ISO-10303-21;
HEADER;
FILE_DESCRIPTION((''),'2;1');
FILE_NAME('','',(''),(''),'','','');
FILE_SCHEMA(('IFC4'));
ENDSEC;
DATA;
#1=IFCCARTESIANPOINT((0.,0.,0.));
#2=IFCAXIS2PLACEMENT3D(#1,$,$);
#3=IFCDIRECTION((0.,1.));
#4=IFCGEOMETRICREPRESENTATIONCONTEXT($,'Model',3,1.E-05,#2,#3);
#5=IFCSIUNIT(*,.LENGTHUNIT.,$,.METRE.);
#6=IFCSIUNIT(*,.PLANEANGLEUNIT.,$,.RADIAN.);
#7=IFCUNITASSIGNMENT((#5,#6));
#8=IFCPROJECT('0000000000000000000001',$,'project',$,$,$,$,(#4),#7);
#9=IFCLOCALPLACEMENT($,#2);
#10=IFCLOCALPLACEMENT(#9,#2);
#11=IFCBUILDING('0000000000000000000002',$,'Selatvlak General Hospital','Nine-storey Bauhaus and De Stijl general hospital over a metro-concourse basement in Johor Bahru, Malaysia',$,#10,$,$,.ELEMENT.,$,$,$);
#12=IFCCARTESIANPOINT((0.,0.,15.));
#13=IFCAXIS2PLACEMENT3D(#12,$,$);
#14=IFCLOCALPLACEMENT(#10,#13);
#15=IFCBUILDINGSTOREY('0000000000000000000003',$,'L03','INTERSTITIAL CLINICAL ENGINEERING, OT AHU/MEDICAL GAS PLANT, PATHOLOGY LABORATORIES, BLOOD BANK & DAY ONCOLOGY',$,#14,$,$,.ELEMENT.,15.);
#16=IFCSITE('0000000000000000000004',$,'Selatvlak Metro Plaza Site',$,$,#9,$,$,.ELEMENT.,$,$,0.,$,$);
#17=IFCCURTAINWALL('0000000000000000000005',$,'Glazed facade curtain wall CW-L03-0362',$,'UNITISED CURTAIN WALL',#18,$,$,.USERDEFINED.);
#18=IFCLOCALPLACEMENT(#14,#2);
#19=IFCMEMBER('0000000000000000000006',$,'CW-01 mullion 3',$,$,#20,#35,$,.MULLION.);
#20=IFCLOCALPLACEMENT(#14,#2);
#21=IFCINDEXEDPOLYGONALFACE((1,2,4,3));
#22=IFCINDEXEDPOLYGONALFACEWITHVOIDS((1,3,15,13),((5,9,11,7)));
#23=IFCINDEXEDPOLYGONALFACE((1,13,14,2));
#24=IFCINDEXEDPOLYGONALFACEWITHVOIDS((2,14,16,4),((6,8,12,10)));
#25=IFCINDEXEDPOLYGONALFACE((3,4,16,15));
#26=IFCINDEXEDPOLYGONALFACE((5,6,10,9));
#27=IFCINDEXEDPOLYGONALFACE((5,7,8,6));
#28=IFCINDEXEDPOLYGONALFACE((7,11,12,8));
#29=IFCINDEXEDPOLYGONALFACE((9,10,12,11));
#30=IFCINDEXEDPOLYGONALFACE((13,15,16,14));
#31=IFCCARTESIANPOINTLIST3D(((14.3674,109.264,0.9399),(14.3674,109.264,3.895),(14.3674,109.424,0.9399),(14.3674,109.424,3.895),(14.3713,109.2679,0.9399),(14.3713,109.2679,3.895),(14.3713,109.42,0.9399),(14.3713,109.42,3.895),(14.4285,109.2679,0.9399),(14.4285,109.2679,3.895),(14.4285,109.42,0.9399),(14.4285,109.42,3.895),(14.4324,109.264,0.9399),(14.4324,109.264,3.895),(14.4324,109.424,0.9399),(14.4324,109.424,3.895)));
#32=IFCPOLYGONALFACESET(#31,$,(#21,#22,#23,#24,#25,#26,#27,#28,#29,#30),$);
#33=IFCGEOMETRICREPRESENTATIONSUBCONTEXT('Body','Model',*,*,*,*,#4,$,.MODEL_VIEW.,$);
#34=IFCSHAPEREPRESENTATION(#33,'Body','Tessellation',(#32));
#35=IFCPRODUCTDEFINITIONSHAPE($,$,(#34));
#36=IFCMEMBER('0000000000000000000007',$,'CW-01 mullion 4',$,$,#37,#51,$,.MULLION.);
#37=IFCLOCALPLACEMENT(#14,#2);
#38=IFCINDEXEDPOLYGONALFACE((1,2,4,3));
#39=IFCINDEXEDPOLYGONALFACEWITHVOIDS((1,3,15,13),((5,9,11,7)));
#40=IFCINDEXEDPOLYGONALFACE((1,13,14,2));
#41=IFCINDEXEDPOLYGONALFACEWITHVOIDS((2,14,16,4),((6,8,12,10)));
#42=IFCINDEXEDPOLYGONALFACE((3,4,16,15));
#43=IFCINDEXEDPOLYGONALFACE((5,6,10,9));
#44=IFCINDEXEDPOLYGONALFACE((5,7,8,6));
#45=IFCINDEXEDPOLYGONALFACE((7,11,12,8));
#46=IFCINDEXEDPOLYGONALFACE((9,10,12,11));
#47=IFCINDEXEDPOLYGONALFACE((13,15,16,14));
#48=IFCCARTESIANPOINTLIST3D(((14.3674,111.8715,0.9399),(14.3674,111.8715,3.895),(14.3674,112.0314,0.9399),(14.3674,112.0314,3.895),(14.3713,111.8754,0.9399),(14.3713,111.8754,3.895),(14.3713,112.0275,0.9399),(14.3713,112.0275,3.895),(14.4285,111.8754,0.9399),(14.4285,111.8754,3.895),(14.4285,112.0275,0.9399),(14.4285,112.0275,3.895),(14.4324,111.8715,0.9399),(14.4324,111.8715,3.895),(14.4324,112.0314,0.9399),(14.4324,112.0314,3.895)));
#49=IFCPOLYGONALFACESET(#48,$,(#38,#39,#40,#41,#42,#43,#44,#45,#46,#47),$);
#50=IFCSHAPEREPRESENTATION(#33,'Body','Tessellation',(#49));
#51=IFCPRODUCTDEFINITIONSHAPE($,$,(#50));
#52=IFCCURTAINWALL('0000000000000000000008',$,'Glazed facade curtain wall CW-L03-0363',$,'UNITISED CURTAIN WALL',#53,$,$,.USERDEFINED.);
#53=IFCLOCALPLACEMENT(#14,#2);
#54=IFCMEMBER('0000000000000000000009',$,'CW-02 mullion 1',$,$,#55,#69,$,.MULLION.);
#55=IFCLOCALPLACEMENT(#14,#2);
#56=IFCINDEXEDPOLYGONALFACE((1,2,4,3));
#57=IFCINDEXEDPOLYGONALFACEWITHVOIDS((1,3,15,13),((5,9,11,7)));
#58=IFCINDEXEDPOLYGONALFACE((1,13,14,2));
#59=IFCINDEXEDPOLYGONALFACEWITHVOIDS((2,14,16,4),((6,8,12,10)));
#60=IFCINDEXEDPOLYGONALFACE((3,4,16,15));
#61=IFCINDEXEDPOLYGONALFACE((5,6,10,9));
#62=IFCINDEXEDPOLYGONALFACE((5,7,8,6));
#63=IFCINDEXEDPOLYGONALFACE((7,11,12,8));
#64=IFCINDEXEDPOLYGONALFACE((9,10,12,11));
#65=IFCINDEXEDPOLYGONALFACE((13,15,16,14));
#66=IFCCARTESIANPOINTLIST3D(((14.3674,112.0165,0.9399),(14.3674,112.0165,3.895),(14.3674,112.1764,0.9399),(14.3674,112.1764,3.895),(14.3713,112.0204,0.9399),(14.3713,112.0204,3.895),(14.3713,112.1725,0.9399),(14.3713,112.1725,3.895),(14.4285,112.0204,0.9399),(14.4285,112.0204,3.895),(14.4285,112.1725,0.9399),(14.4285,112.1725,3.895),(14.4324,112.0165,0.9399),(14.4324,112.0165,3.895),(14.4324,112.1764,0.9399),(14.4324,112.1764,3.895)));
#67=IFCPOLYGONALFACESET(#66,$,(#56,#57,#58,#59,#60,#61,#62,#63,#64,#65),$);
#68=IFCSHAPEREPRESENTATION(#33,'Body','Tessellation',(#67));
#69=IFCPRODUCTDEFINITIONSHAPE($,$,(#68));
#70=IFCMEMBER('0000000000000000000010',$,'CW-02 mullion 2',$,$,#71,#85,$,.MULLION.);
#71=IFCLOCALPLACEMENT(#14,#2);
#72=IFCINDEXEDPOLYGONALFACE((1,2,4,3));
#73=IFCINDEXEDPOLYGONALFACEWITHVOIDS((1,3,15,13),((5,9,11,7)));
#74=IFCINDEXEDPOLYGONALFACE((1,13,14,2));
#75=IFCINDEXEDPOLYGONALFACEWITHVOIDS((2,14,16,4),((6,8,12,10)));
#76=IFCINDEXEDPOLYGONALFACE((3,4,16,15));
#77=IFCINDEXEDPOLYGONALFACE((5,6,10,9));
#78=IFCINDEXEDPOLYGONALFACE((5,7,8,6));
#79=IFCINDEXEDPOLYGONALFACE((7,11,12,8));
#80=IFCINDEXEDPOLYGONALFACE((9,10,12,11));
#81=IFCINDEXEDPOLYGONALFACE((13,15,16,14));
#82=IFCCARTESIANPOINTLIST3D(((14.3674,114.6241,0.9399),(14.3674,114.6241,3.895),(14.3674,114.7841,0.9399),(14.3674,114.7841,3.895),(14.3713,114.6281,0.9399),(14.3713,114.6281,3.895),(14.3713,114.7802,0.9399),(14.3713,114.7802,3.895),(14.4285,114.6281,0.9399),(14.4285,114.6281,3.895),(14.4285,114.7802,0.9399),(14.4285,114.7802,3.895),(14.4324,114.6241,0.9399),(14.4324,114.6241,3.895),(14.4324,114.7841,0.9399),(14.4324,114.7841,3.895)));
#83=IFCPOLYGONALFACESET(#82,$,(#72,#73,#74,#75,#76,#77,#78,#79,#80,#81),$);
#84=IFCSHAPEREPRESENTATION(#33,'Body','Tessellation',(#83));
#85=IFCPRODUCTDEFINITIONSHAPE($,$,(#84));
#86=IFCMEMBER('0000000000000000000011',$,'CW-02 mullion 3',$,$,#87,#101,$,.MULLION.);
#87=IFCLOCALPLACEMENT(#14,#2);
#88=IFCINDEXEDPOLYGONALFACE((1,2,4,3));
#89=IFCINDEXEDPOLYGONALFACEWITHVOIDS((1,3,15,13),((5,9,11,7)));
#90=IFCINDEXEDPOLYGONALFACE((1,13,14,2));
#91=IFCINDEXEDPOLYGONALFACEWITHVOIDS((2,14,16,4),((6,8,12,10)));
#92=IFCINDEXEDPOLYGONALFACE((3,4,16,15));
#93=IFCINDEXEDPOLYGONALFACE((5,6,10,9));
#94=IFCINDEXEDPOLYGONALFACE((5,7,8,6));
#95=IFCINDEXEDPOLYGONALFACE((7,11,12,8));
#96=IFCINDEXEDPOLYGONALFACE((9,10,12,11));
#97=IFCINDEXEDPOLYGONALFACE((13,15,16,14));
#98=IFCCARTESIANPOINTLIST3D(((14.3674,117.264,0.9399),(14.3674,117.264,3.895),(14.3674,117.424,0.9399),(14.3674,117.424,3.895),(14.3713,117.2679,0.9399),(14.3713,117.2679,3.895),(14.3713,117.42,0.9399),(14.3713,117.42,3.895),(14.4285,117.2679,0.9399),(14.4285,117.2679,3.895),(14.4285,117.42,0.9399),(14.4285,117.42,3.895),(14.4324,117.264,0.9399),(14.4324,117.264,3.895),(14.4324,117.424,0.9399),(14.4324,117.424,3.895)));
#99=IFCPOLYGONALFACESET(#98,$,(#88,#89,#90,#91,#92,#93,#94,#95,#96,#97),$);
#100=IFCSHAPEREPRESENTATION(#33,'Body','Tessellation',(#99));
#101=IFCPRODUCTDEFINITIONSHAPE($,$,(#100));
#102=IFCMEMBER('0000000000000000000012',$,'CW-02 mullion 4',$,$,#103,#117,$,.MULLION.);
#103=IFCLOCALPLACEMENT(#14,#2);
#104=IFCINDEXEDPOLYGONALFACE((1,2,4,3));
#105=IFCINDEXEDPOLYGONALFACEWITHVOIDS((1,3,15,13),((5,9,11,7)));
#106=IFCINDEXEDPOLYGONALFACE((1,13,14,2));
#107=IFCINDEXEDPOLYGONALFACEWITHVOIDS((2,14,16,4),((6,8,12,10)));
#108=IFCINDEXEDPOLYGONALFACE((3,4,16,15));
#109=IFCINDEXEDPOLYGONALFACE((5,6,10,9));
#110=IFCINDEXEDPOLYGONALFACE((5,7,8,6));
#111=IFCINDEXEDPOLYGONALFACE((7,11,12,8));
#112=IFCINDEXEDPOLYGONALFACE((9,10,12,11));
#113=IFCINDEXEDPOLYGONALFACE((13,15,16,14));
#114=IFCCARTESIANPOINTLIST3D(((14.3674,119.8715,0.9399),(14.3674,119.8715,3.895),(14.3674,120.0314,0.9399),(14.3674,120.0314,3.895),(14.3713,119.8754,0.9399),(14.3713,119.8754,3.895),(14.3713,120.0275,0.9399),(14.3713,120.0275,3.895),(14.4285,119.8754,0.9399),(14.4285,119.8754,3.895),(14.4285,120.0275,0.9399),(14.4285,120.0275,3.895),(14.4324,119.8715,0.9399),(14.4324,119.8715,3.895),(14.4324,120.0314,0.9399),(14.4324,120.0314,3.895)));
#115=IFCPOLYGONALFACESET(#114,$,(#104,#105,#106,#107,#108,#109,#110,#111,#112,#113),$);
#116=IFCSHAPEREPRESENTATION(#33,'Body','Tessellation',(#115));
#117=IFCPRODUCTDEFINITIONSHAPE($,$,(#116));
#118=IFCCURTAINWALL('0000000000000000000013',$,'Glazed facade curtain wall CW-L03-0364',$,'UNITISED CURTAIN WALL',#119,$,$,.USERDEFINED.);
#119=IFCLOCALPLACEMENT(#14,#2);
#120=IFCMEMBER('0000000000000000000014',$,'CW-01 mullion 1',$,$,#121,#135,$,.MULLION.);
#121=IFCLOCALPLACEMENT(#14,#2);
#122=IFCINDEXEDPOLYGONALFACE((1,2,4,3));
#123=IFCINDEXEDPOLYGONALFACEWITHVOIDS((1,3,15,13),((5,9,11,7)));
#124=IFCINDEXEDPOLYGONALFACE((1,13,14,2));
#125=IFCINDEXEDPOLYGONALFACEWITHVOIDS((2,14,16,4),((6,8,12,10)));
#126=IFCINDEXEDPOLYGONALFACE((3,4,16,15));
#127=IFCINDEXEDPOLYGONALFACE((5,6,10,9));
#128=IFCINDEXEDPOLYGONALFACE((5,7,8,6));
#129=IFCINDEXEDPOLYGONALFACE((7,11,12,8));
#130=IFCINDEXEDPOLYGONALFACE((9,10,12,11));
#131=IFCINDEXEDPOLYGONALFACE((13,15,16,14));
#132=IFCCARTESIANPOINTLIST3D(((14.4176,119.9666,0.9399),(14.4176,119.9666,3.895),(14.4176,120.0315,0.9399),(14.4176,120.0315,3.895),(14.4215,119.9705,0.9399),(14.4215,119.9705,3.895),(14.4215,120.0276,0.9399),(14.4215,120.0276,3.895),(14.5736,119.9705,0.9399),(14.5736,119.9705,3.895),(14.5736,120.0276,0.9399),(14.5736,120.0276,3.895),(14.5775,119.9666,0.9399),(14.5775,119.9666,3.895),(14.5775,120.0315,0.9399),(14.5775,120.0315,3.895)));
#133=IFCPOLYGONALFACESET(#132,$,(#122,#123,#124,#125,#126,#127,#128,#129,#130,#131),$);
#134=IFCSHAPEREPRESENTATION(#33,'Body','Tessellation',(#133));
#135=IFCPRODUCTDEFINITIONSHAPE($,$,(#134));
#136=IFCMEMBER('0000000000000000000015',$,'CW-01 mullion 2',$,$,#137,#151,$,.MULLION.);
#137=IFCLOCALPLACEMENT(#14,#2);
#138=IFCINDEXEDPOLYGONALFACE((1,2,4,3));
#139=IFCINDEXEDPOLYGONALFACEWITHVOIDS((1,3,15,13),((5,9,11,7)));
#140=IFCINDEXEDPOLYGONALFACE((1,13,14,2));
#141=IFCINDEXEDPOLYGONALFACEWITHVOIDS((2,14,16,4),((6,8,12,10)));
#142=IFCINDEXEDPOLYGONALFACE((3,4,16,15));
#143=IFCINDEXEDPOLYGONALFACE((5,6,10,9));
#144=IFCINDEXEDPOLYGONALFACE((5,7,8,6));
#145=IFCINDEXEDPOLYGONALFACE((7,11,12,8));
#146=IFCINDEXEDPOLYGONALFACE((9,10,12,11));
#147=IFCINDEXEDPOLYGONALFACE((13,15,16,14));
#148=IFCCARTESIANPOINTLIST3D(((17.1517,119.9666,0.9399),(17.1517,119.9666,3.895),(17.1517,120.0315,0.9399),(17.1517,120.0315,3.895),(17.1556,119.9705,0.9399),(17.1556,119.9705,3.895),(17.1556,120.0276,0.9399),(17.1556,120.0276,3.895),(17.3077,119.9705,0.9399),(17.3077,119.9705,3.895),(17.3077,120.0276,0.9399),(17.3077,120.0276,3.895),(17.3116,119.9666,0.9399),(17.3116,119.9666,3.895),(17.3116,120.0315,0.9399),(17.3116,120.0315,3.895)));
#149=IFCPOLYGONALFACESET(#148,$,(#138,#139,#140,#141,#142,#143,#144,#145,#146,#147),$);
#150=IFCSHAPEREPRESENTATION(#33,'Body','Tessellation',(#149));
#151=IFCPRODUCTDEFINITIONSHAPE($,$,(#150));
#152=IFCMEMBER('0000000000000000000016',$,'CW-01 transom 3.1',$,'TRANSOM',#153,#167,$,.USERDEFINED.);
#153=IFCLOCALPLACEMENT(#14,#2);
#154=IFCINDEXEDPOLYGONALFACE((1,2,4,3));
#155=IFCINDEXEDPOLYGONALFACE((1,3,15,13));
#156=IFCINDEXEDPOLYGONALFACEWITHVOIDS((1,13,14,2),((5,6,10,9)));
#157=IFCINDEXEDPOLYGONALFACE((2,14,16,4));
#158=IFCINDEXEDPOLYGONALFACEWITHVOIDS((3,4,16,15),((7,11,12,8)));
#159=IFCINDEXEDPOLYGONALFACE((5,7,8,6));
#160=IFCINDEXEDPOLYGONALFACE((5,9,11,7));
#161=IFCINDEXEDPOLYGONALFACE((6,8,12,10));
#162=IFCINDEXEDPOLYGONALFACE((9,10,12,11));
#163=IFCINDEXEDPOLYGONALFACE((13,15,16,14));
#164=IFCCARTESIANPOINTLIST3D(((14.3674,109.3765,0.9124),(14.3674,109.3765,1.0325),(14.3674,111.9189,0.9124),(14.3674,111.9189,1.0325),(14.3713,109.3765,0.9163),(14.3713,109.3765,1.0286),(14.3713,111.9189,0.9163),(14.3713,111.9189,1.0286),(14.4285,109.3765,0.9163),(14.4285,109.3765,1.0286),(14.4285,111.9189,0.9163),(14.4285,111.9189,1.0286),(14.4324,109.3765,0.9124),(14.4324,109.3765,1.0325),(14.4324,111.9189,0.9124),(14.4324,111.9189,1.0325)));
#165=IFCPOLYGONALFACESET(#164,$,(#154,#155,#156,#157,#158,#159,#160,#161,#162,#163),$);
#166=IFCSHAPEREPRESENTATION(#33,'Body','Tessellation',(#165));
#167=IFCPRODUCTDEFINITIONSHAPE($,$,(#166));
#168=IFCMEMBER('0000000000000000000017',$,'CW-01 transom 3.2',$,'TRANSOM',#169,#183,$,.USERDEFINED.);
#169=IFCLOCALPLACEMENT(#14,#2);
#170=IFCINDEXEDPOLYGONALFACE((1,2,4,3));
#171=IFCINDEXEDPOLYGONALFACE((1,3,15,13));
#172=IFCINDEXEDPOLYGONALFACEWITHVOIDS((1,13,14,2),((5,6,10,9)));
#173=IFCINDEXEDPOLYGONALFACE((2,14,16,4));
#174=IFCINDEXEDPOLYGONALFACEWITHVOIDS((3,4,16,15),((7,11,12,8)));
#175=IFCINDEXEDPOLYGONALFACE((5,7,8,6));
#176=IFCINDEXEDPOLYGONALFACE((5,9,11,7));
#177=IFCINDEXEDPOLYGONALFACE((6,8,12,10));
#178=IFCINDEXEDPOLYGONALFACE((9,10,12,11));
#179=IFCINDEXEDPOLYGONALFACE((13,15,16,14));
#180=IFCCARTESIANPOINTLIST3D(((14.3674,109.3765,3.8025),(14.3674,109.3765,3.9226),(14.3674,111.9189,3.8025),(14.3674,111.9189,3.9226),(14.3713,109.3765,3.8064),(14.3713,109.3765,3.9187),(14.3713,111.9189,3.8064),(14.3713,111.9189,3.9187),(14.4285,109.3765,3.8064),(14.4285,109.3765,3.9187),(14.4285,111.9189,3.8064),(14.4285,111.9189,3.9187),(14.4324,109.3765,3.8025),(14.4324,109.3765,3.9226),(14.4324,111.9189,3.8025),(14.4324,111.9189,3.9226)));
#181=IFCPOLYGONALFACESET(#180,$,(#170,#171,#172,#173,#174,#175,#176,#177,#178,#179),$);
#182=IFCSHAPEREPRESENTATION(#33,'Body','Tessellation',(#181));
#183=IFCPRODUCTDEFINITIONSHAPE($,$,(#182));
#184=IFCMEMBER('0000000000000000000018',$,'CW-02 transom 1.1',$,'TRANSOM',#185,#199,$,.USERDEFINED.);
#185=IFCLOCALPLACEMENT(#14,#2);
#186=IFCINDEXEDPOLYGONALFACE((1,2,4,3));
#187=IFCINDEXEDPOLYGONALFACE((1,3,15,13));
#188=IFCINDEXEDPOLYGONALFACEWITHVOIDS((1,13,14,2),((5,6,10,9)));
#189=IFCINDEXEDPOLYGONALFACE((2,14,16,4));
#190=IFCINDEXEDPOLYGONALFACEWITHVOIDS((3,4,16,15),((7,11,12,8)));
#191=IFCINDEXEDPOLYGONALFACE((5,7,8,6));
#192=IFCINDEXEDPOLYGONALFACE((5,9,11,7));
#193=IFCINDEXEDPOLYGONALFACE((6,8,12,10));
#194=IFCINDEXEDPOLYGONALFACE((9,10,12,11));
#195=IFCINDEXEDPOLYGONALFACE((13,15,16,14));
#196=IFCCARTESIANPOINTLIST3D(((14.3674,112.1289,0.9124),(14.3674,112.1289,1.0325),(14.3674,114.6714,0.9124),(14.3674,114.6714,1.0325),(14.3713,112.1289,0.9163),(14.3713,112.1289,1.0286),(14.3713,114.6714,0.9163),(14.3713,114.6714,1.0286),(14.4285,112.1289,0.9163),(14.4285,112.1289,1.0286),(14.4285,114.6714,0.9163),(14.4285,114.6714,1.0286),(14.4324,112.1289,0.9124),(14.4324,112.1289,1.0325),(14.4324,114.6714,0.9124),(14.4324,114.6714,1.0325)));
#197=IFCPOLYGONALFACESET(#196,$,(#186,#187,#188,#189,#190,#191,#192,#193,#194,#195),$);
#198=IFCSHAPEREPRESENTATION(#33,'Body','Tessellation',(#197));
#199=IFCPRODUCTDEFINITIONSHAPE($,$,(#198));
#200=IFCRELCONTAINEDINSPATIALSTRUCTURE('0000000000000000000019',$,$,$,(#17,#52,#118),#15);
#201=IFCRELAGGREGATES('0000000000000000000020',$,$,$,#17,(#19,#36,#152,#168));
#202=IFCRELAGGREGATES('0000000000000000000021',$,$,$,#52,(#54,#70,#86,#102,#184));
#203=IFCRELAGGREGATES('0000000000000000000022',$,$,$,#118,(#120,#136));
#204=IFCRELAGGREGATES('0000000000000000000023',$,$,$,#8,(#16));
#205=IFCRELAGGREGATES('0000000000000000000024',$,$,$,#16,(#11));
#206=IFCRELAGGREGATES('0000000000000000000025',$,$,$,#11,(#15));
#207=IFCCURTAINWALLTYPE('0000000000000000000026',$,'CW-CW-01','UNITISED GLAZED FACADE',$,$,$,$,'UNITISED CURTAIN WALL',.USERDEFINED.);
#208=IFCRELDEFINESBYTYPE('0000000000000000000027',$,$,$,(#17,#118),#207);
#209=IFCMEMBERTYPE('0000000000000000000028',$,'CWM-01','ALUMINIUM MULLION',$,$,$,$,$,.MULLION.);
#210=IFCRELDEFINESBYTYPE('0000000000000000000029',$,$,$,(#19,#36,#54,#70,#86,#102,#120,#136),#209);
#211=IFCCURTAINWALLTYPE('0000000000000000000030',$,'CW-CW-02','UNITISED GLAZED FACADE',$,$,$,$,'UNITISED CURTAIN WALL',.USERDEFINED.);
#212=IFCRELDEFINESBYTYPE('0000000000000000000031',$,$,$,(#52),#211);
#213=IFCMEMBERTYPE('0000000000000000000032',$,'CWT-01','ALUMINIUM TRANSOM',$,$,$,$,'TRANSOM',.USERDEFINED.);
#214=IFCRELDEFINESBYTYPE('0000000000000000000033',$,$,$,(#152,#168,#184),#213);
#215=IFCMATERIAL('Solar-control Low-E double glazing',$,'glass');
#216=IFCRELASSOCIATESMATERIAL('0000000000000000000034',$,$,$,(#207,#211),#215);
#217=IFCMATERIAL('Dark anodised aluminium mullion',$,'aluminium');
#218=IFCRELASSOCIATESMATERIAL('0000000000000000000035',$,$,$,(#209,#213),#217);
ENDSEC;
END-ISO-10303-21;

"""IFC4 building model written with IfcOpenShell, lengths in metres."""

from ifc_helpers import new_model, si_unit, direction, frame, origin, origin_2d, place, context, subcontext, project, spatial, hollow_rectangle, extrude, material, material_profile, profile_set, type_object, element, aggregate, save


model = new_model("IFC4")

# Units and contexts
model_context = context("Model", 3, precision=1e-05, world=origin(), true_north=direction((0.0, 1.0)))
body_context = subcontext(model_context, "Body", "Model", "MODEL_VIEW")
ifc_project = project(units=[si_unit("LENGTHUNIT", "METRE"), si_unit("PLANEANGLEUNIT", "RADIAN")], contexts=[model_context])

# Site, building, storey
site_placement = place(None, origin())
site = spatial("IfcSite", under=ifc_project, at=site_placement, Name="Selatvlak Metro Plaza Site", CompositionType="ELEMENT", RefElevation=0.0)
building_placement = place(site_placement, origin())
building = spatial("IfcBuilding", under=site, at=building_placement, Name="Selatvlak General Hospital", Description="Nine-storey Bauhaus and De Stijl general hospital over a metro-concourse basement in Johor Bahru, Malaysia", CompositionType="ELEMENT")
storey_placement = place(building_placement, frame((0.0, 0.0, 15.0)))
storey = spatial("IfcBuildingStorey", under=building, at=storey_placement, Name="L03", Description="INTERSTITIAL CLINICAL ENGINEERING, OT AHU/MEDICAL GAS PLANT, PATHOLOGY LABORATORIES, BLOOD BANK & DAY ONCOLOGY", CompositionType="ELEMENT", Elevation=15.0)

# Curtain walls, members
ifc_material_1 = material(Name="Solar-control Low-E double glazing", Category="glass")
curtain_wall_type_1 = type_object("IfcCurtainWallType", Name="CW-CW-01", Description="UNITISED GLAZED FACADE", ElementType="UNITISED CURTAIN WALL", PredefinedType="USERDEFINED", material=ifc_material_1)
curtain_wall_1_placement = place(storey_placement, origin())
curtain_wall_1 = element("IfcCurtainWall", 1, at=curtain_wall_1_placement, inside=storey, type_object=curtain_wall_type_1, Name="Glazed facade curtain wall CW-L03-0362", ObjectType="UNITISED CURTAIN WALL", PredefinedType="USERDEFINED")
ifc_material_2 = material(Name="Dark anodised aluminium mullion", Category="aluminium")
ifc_material_profile_1 = material_profile(ifc_material_2, hollow_rectangle(XDim=0.0649, YDim=0.1599, WallThickness=0.0039, at=origin_2d()), Name="AL-MUL 65x160x4")
ifc_profile_set_1 = profile_set([ifc_material_profile_1], Name="Dark anodised aluminium mullion")
member_type_1 = type_object("IfcMemberType", Name="CWM-01", Description="ALUMINIUM MULLION", PredefinedType="MULLION", material=ifc_profile_set_1)
member_1_placement = place(storey_placement, frame((14.3999, 109.344, 0.9399), z_axis=(0.0, 0.0, 1.0), x_axis=(-1.0, 0.0, 0.0)))
member_1 = element("IfcMember", 2, at=member_1_placement, type_object=member_type_1, Name="CW-01 mullion 3", PredefinedType="MULLION", context=body_context, shape_type="SweptSolid", body=[
    extrude(hollow_rectangle(XDim=0.0649, YDim=0.1599, WallThickness=0.0039, at=origin_2d()), origin(), (0.0, 0.0, 1.0), 2.9551),
])
member_2_placement = place(storey_placement, frame((14.3999, 111.9514, 0.9399), z_axis=(0.0, 0.0, 1.0), x_axis=(-1.0, 0.0, 0.0)))
member_2 = element("IfcMember", 3, at=member_2_placement, type_object=member_type_1, Name="CW-01 mullion 4", PredefinedType="MULLION", context=body_context, shape_type="SweptSolid", body=[
    extrude(hollow_rectangle(XDim=0.0649, YDim=0.1599, WallThickness=0.0039, at=origin_2d()), origin(), (0.0, 0.0, 1.0), 2.9551),
])
curtain_wall_type_2 = type_object("IfcCurtainWallType", Name="CW-CW-02", Description="UNITISED GLAZED FACADE", ElementType="UNITISED CURTAIN WALL", PredefinedType="USERDEFINED", material=ifc_material_1)
curtain_wall_2_placement = place(storey_placement, origin())
curtain_wall_2 = element("IfcCurtainWall", 4, at=curtain_wall_2_placement, inside=storey, type_object=curtain_wall_type_2, Name="Glazed facade curtain wall CW-L03-0363", ObjectType="UNITISED CURTAIN WALL", PredefinedType="USERDEFINED")
member_3_placement = place(storey_placement, frame((14.3999, 112.0964, 0.9399), z_axis=(0.0, 0.0, 1.0), x_axis=(-1.0, 0.0, 0.0)))
member_3 = element("IfcMember", 5, at=member_3_placement, type_object=member_type_1, Name="CW-02 mullion 1", PredefinedType="MULLION", context=body_context, shape_type="SweptSolid", body=[
    extrude(hollow_rectangle(XDim=0.0649, YDim=0.1599, WallThickness=0.0039, at=origin_2d()), origin(), (0.0, 0.0, 1.0), 2.9551),
])
member_4_placement = place(storey_placement, frame((14.3999, 114.7041, 0.9399), z_axis=(0.0, 0.0, 1.0), x_axis=(-1.0, 0.0, 0.0)))
member_4 = element("IfcMember", 6, at=member_4_placement, type_object=member_type_1, Name="CW-02 mullion 2", PredefinedType="MULLION", context=body_context, shape_type="SweptSolid", body=[
    extrude(hollow_rectangle(XDim=0.0649, YDim=0.1599, WallThickness=0.0039, at=origin_2d()), origin(), (0.0, 0.0, 1.0), 2.9551),
])
member_5_placement = place(storey_placement, frame((14.3999, 117.344, 0.9399), z_axis=(0.0, 0.0, 1.0), x_axis=(-1.0, 0.0, 0.0)))
member_5 = element("IfcMember", 7, at=member_5_placement, type_object=member_type_1, Name="CW-02 mullion 3", PredefinedType="MULLION", context=body_context, shape_type="SweptSolid", body=[
    extrude(hollow_rectangle(XDim=0.0649, YDim=0.1599, WallThickness=0.0039, at=origin_2d()), origin(), (0.0, 0.0, 1.0), 2.9551),
])
member_6_placement = place(storey_placement, frame((14.3999, 119.9514, 0.9399), z_axis=(0.0, 0.0, 1.0), x_axis=(-1.0, 0.0, 0.0)))
member_6 = element("IfcMember", 8, at=member_6_placement, type_object=member_type_1, Name="CW-02 mullion 4", PredefinedType="MULLION", context=body_context, shape_type="SweptSolid", body=[
    extrude(hollow_rectangle(XDim=0.0649, YDim=0.1599, WallThickness=0.0039, at=origin_2d()), origin(), (0.0, 0.0, 1.0), 2.9551),
])
curtain_wall_3_placement = place(storey_placement, origin())
curtain_wall_3 = element("IfcCurtainWall", 9, at=curtain_wall_3_placement, inside=storey, type_object=curtain_wall_type_1, Name="Glazed facade curtain wall CW-L03-0364", ObjectType="UNITISED CURTAIN WALL", PredefinedType="USERDEFINED")
member_7_placement = place(storey_placement, frame((14.4976, 119.999, 0.9399), z_axis=(0.0, 0.0, 1.0), x_axis=(0.0, 1.0, 0.0)))
member_7 = element("IfcMember", 10, at=member_7_placement, type_object=member_type_1, Name="CW-01 mullion 1", PredefinedType="MULLION", context=body_context, shape_type="SweptSolid", body=[
    extrude(hollow_rectangle(XDim=0.0649, YDim=0.1599, WallThickness=0.0039, at=origin_2d()), origin(), (0.0, 0.0, 1.0), 2.9551),
])
member_8_placement = place(storey_placement, frame((17.2317, 119.999, 0.9399), z_axis=(0.0, 0.0, 1.0), x_axis=(0.0, 1.0, 0.0)))
member_8 = element("IfcMember", 11, at=member_8_placement, type_object=member_type_1, Name="CW-01 mullion 2", PredefinedType="MULLION", context=body_context, shape_type="SweptSolid", body=[
    extrude(hollow_rectangle(XDim=0.0649, YDim=0.1599, WallThickness=0.0039, at=origin_2d()), origin(), (0.0, 0.0, 1.0), 2.9551),
])

# Members
ifc_material_profile_2 = material_profile(ifc_material_2, hollow_rectangle(XDim=0.0649, YDim=0.1201, WallThickness=0.0039, at=origin_2d()), Name="AL-TRN 65x120x4")
ifc_profile_set_2 = profile_set([ifc_material_profile_2], Name="Dark anodised aluminium mullion")
member_type_2 = type_object("IfcMemberType", Name="CWT-01", Description="ALUMINIUM TRANSOM", ElementType="TRANSOM", PredefinedType="USERDEFINED", material=ifc_profile_set_2)
member_9_placement = place(storey_placement, frame((14.3999, 109.3765, 0.9724), z_axis=(0.0, 1.0, 0.0), x_axis=(-1.0, 0.0, 0.0)))
member_9 = element("IfcMember", 12, at=member_9_placement, type_object=member_type_2, Name="CW-01 transom 3.1", ObjectType="TRANSOM", PredefinedType="USERDEFINED", context=body_context, shape_type="SweptSolid", body=[
    extrude(hollow_rectangle(XDim=0.0649, YDim=0.1201, WallThickness=0.0039, at=origin_2d()), origin(), (0.0, 0.0, 1.0), 2.5425),
])
member_10_placement = place(storey_placement, frame((14.3999, 109.3765, 3.8625), z_axis=(0.0, 1.0, 0.0), x_axis=(-1.0, 0.0, 0.0)))
member_10 = element("IfcMember", 13, at=member_10_placement, type_object=member_type_2, Name="CW-01 transom 3.2", ObjectType="TRANSOM", PredefinedType="USERDEFINED", context=body_context, shape_type="SweptSolid", body=[
    extrude(hollow_rectangle(XDim=0.0649, YDim=0.1201, WallThickness=0.0039, at=origin_2d()), origin(), (0.0, 0.0, 1.0), 2.5425),
])
member_11_placement = place(storey_placement, frame((14.3999, 112.1289, 0.9724), z_axis=(0.0, 1.0, 0.0), x_axis=(-1.0, 0.0, 0.0)))
member_11 = element("IfcMember", 14, at=member_11_placement, type_object=member_type_2, Name="CW-02 transom 1.1", ObjectType="TRANSOM", PredefinedType="USERDEFINED", context=body_context, shape_type="SweptSolid", body=[
    extrude(hollow_rectangle(XDim=0.0649, YDim=0.1201, WallThickness=0.0039, at=origin_2d()), origin(), (0.0, 0.0, 1.0), 2.5425),
])

aggregate(curtain_wall_1, [member_1, member_2, member_9, member_10])
aggregate(curtain_wall_2, [member_3, member_4, member_5, member_6, member_11])
aggregate(curtain_wall_3, [member_7, member_8])

save(model, "model.ifc")
